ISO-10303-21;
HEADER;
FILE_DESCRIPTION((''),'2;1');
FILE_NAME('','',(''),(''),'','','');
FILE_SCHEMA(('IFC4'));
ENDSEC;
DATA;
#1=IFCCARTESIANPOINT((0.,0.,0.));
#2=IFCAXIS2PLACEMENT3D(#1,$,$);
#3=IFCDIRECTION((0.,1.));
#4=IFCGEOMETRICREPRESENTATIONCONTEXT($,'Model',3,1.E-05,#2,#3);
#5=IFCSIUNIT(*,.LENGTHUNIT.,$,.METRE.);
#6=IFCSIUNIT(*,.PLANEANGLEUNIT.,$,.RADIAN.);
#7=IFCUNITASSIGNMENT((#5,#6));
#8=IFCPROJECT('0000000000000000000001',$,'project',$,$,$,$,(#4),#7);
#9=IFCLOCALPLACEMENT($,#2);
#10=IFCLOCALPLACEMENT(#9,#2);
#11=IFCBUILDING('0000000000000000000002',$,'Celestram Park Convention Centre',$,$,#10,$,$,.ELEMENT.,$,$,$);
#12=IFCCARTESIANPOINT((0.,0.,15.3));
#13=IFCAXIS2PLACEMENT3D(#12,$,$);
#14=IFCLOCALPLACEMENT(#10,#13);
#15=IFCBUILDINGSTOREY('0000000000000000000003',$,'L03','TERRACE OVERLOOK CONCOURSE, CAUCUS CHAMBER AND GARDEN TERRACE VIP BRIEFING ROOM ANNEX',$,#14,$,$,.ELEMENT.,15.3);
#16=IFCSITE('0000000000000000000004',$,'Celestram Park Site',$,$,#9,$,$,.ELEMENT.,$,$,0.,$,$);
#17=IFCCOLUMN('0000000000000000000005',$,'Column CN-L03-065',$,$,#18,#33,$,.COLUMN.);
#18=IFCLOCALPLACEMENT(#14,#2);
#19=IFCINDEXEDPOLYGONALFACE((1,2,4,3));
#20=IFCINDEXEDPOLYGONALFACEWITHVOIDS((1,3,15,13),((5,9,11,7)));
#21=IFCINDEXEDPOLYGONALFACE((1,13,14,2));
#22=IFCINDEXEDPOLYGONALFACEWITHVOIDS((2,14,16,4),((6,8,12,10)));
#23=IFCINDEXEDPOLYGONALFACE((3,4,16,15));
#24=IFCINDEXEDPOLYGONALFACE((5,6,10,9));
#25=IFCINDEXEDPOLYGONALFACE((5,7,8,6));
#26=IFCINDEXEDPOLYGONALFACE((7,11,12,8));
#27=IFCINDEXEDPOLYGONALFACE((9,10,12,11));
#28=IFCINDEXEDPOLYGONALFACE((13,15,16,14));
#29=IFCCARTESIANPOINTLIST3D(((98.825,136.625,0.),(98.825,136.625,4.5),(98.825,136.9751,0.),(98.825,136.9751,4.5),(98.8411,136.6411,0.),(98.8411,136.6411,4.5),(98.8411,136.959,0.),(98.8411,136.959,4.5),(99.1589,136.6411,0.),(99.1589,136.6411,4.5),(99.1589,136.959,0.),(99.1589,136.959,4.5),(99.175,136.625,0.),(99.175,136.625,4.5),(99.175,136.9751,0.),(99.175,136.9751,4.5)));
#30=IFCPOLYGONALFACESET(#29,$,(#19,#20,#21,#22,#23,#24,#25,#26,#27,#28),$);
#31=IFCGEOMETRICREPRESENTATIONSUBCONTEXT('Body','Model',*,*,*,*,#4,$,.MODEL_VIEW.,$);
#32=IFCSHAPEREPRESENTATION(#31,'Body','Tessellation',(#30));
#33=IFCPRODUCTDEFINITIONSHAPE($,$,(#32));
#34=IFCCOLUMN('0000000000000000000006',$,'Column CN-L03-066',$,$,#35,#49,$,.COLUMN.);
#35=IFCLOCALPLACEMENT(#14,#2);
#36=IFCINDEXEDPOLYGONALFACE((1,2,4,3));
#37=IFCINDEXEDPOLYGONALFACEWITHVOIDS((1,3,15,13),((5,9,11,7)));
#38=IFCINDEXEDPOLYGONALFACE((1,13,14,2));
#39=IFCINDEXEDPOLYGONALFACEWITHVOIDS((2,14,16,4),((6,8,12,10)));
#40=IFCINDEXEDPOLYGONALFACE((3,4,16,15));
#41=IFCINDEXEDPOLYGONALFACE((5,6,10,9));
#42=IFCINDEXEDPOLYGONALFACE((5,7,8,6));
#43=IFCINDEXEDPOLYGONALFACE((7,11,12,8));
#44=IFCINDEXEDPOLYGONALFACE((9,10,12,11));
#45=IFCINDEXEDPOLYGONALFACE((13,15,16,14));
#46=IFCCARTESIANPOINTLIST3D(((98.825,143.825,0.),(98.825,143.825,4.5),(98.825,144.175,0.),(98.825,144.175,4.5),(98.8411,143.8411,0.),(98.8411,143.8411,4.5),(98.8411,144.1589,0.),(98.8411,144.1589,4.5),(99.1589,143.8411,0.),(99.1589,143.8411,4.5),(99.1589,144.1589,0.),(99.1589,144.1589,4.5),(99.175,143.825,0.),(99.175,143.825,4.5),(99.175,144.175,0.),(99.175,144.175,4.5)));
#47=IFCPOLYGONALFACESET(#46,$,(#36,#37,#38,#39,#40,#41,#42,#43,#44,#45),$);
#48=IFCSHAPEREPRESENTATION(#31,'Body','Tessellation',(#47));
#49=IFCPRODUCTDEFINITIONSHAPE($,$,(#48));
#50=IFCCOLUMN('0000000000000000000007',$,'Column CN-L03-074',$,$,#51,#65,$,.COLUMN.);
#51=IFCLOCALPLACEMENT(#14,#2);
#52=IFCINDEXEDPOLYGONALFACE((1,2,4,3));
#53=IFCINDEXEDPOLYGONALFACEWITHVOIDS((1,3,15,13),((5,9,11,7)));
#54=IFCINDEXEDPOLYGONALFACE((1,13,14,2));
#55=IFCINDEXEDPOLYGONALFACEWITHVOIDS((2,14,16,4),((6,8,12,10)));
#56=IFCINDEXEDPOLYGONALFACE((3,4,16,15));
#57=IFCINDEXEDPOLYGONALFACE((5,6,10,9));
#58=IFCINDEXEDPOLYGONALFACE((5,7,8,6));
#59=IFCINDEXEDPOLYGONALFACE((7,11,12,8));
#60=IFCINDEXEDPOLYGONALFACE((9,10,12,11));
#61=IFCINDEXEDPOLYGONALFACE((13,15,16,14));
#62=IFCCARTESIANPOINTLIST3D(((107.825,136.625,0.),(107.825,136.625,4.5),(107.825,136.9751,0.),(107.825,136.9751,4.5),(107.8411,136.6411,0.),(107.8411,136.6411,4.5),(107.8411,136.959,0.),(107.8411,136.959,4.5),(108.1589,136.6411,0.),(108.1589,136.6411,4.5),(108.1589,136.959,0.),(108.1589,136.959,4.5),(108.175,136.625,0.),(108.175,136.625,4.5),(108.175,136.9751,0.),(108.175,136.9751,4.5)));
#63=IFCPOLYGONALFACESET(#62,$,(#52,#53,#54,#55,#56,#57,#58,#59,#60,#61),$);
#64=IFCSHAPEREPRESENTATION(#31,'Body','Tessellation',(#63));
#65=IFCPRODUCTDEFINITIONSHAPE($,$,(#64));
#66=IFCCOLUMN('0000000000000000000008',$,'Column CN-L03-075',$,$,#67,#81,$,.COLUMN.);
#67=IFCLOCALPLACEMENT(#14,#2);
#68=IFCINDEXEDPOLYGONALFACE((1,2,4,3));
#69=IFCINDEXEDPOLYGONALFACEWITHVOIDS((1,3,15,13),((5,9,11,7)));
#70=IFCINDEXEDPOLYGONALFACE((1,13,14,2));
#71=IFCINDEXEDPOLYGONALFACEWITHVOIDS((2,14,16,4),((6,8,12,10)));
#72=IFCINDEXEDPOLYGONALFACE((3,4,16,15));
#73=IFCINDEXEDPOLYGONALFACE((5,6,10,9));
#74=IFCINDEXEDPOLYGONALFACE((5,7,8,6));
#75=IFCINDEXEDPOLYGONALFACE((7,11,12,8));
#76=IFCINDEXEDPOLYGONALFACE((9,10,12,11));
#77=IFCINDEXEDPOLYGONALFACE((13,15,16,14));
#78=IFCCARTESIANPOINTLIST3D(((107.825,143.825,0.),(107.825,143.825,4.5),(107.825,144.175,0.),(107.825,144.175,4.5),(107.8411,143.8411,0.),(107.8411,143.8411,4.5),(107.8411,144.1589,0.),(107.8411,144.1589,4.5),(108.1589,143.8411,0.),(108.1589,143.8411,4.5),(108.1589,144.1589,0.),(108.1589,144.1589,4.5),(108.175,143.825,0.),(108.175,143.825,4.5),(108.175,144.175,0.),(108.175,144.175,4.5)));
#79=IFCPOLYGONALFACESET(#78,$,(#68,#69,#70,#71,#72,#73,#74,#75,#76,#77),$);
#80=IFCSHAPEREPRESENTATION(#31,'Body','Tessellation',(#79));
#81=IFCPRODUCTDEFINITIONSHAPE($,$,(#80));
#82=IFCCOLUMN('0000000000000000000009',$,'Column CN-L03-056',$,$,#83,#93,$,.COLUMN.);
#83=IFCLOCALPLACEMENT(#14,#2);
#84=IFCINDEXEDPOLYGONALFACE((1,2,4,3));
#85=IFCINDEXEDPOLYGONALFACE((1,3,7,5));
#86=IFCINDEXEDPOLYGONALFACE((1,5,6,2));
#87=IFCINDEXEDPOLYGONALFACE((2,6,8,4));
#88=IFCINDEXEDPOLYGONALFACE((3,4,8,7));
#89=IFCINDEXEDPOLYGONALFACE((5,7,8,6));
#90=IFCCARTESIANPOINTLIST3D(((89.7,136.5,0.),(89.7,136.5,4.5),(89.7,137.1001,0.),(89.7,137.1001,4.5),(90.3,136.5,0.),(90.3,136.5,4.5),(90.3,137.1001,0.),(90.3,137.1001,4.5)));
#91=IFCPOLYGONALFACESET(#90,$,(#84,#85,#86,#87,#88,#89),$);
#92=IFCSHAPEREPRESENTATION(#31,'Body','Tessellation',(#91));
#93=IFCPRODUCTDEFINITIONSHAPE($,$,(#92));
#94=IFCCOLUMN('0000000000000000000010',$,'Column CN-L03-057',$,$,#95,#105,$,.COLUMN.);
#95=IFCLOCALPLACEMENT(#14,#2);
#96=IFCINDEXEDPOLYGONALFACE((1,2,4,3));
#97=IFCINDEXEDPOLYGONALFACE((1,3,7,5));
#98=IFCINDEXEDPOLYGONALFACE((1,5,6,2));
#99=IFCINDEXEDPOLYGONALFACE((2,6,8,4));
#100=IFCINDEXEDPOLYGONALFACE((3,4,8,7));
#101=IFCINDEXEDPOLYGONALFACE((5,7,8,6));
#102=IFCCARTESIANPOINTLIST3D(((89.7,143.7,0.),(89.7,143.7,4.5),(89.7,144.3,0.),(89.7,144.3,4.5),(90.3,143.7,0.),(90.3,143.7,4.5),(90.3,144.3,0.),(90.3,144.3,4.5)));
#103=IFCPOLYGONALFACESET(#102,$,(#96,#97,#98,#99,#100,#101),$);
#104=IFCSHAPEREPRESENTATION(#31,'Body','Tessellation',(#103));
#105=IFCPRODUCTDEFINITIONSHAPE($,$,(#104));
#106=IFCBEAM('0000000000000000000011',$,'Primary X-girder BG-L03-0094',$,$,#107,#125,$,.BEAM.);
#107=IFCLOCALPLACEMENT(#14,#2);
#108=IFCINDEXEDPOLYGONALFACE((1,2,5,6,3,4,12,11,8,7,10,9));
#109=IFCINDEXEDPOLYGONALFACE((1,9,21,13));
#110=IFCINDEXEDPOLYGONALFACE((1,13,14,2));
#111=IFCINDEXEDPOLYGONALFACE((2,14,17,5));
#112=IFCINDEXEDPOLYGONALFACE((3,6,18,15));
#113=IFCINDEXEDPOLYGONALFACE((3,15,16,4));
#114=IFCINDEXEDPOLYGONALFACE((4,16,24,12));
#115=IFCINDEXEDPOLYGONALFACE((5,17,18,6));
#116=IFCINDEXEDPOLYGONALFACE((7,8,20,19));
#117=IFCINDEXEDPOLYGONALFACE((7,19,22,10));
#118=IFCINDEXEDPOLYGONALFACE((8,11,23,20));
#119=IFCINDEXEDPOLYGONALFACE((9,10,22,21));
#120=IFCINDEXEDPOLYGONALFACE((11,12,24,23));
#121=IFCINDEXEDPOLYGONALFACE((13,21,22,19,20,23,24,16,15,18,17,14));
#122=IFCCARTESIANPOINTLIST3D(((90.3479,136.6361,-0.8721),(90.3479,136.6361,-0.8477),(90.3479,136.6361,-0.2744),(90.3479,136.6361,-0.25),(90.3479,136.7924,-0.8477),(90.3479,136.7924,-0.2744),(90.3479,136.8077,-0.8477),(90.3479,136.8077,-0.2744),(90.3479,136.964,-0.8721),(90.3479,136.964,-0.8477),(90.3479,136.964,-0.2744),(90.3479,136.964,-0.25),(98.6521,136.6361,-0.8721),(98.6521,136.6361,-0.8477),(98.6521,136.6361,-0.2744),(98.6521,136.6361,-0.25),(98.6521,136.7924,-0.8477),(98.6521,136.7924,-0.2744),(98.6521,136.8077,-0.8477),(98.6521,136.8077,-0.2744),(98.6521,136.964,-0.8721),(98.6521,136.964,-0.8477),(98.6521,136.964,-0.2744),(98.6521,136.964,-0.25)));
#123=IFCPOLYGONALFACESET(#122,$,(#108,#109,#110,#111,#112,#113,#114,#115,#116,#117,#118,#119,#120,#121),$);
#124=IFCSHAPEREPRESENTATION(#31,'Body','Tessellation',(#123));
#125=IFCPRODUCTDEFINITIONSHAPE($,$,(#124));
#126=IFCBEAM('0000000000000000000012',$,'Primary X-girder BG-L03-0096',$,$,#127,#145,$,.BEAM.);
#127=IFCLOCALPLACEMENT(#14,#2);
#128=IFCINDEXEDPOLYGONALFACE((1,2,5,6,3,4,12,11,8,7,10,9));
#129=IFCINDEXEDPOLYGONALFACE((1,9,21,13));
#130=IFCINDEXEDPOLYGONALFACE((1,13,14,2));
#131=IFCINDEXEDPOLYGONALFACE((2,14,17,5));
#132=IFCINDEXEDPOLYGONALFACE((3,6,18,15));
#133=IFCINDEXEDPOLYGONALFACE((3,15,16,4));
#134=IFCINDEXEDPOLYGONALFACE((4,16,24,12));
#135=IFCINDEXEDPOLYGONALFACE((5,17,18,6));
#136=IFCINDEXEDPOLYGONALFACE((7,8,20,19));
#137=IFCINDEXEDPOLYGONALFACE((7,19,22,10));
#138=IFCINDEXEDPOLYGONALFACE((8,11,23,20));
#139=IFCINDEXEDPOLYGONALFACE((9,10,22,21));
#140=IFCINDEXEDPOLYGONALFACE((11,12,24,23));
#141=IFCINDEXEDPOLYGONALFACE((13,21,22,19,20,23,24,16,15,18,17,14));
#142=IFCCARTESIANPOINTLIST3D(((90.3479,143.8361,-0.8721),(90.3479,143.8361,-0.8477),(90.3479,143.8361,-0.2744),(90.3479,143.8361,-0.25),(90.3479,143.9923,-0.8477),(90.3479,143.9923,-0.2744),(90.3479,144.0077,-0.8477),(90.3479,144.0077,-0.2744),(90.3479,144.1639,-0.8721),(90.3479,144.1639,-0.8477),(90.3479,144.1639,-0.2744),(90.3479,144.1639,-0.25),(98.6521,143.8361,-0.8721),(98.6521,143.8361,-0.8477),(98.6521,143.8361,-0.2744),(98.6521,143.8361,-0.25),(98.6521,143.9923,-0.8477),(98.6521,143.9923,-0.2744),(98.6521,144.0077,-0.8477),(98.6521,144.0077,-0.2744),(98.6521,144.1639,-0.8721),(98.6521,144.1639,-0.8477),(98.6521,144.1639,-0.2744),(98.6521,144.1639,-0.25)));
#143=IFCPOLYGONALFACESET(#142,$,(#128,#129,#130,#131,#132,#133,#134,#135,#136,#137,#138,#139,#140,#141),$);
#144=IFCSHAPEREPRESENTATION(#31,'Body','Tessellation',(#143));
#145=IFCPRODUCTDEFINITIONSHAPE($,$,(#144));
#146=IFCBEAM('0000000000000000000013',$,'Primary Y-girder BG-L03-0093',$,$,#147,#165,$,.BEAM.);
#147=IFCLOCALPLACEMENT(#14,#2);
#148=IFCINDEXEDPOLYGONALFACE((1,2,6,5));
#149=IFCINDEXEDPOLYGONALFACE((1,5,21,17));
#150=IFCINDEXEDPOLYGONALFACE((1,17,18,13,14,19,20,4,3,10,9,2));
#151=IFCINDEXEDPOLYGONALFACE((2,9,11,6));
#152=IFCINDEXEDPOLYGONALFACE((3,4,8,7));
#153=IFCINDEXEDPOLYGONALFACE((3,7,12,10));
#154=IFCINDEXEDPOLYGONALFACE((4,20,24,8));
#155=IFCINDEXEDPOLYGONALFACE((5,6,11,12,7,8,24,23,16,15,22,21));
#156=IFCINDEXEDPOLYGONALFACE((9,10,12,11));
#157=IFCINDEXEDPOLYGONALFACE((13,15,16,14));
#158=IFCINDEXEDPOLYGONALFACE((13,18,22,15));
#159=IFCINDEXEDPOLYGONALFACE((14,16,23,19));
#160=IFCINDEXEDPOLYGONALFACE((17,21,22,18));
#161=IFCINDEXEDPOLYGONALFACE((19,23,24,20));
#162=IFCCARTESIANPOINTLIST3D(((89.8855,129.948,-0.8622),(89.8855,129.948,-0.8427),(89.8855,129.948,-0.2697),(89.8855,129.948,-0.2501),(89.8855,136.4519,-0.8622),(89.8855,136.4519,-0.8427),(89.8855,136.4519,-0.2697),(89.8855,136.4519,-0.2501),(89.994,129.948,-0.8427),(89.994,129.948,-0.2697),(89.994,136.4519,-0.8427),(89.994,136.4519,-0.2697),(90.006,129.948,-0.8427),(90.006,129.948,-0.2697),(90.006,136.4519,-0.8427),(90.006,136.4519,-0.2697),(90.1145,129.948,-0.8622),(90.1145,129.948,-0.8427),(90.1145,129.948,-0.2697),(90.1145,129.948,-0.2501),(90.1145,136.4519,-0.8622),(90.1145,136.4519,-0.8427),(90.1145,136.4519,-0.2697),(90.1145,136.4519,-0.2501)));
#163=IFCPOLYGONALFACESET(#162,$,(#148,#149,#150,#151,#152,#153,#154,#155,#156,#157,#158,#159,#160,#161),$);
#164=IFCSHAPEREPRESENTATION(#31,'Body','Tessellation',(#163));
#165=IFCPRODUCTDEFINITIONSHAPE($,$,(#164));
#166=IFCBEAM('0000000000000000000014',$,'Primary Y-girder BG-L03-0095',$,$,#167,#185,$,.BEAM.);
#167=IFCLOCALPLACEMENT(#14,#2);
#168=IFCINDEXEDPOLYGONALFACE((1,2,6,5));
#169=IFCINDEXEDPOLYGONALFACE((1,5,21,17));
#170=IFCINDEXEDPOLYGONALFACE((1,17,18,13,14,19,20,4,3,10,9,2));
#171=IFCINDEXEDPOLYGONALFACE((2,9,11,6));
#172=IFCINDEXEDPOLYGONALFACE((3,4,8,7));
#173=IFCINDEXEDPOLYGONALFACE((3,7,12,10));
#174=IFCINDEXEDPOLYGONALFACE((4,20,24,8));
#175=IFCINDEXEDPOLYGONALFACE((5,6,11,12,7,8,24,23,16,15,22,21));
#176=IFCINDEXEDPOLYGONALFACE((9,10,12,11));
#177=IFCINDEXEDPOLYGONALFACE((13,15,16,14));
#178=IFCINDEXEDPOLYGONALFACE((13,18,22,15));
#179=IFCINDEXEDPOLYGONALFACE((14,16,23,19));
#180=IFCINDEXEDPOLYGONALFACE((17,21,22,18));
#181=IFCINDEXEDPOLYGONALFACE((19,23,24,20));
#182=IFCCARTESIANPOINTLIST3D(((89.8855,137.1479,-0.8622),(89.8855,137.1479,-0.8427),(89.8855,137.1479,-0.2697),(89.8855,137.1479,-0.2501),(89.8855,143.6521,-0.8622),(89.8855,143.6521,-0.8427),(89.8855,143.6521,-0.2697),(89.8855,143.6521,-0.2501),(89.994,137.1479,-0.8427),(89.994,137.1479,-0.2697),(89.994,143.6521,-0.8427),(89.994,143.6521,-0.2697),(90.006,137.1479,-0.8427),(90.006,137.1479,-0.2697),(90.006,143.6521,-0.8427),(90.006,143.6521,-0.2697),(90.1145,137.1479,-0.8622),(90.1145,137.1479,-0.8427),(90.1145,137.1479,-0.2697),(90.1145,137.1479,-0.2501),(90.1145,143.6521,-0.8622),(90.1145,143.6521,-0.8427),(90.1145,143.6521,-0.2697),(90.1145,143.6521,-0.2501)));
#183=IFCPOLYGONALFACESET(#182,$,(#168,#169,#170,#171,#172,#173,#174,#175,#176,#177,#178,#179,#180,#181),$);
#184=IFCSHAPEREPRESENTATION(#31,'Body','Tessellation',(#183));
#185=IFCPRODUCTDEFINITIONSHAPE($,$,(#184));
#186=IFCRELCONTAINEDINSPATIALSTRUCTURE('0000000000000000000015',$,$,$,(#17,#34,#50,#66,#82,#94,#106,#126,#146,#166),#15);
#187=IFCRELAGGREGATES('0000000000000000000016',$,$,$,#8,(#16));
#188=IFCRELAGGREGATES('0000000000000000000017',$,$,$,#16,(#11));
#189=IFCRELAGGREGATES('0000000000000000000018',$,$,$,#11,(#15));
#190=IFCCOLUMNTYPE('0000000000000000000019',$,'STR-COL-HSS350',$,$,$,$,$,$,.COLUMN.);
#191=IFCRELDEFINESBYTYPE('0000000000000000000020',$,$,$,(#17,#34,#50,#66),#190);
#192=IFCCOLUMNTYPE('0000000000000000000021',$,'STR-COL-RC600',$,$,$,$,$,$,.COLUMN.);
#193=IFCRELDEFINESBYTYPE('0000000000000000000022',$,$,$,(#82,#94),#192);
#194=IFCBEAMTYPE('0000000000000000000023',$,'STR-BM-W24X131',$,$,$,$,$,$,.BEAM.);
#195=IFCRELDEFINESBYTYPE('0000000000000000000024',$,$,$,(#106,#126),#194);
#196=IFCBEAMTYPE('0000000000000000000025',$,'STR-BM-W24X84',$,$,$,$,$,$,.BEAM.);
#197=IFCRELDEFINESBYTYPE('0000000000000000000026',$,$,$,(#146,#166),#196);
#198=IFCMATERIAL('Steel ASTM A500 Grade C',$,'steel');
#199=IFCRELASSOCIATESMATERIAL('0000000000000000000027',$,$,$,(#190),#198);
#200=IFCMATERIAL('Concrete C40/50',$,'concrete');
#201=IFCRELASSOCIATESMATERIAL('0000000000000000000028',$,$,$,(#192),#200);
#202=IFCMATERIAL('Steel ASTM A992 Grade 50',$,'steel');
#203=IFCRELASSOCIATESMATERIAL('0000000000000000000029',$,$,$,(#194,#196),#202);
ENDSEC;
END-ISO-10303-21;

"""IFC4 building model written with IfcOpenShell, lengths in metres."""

from ifc_helpers import new_model, si_unit, direction, frame, origin, origin_2d, place, context, subcontext, project, spatial, rectangle, hollow_rectangle, i_section, extrude, material, material_profile, profile_set, type_object, element, save


model = new_model("IFC4")

# Units and contexts
model_context = context("Model", 3, precision=1e-05, world=origin(), true_north=direction((0.0, 1.0)))
body_context = subcontext(model_context, "Body", "Model", "MODEL_VIEW")
ifc_project = project(units=[si_unit("LENGTHUNIT", "METRE"), si_unit("PLANEANGLEUNIT", "RADIAN")], contexts=[model_context])

# Site, building, storey
site_placement = place(None, origin())
site = spatial("IfcSite", under=ifc_project, at=site_placement, Name="Celestram Park Site", CompositionType="ELEMENT", RefElevation=0.0)
building_placement = place(site_placement, origin())
building = spatial("IfcBuilding", under=site, at=building_placement, Name="Celestram Park Convention Centre", CompositionType="ELEMENT")
storey_placement = place(building_placement, frame((0.0, 0.0, 15.3)))
storey = spatial("IfcBuildingStorey", under=building, at=storey_placement, Name="L03", Description="TERRACE OVERLOOK CONCOURSE, CAUCUS CHAMBER AND GARDEN TERRACE VIP BRIEFING ROOM ANNEX", CompositionType="ELEMENT", Elevation=15.3)

# Columns
ifc_material_1 = material(Name="Steel ASTM A500 Grade C", Category="steel")
ifc_material_profile_1 = material_profile(ifc_material_1, hollow_rectangle(XDim=0.3501, YDim=0.3501, WallThickness=0.0161, at=origin_2d()), Name="HSS350X350X16")
ifc_profile_set_1 = profile_set([ifc_material_profile_1], Name="Steel ASTM A500 Grade C")
column_type_1 = type_object("IfcColumnType", Name="STR-COL-HSS350", PredefinedType="COLUMN", material=ifc_profile_set_1)
for number, where, z_axis, x_axis, name in (
    (1, (99.0, 136.8, 0.0), (0.0, 0.0, 1.0), (1.0, 0.0, 0.0), "Column CN-L03-065"),
    (2, (99.0, 144.0, 0.0), (0.0, 0.0, 1.0), (1.0, 0.0, 0.0), "Column CN-L03-066"),
    (3, (108.0, 136.8, 0.0), (0.0, 0.0, 1.0), (1.0, 0.0, 0.0), "Column CN-L03-074"),
    (4, (108.0, 144.0, 0.0), (0.0, 0.0, 1.0), (1.0, 0.0, 0.0), "Column CN-L03-075"),
):
    element("IfcColumn", number, at=place(storey_placement, frame(where, z_axis=z_axis, x_axis=x_axis)), inside=storey, type_object=column_type_1, Name=name, PredefinedType="COLUMN", context=body_context, shape_type="SweptSolid", body=[
        extrude(hollow_rectangle(XDim=0.3501, YDim=0.3501, WallThickness=0.0161, at=origin_2d()), origin(), (0.0, 0.0, 1.0), 4.5),
    ])
ifc_material_2 = material(Name="Concrete C40/50", Category="concrete")
ifc_material_profile_2 = material_profile(ifc_material_2, rectangle(XDim=0.6001, YDim=0.6001, at=origin_2d()), Name="RC600X600")
ifc_profile_set_2 = profile_set([ifc_material_profile_2], Name="Concrete C40/50")
column_type_2 = type_object("IfcColumnType", Name="STR-COL-RC600", PredefinedType="COLUMN", material=ifc_profile_set_2)
for number, where, z_axis, x_axis, name in (
    (5, (90.0, 136.8, 0.0), (0.0, 0.0, 1.0), (1.0, 0.0, 0.0), "Column CN-L03-056"),
    (6, (90.0, 144.0, 0.0), (0.0, 0.0, 1.0), (1.0, 0.0, 0.0), "Column CN-L03-057"),
):
    element("IfcColumn", number, at=place(storey_placement, frame(where, z_axis=z_axis, x_axis=x_axis)), inside=storey, type_object=column_type_2, Name=name, PredefinedType="COLUMN", context=body_context, shape_type="SweptSolid", body=[
        extrude(rectangle(XDim=0.6001, YDim=0.6001, at=origin_2d()), origin(), (0.0, 0.0, 1.0), 4.5),
    ])

# Beams
ifc_material_3 = material(Name="Steel ASTM A992 Grade 50", Category="steel")
ifc_material_profile_3 = material_profile(ifc_material_3, i_section(OverallWidth=0.3279, OverallDepth=0.6221, WebThickness=0.0154, FlangeThickness=0.0244, at=origin_2d()), Name="W24X131")
ifc_profile_set_3 = profile_set([ifc_material_profile_3], Name="Steel ASTM A992 Grade 50")
beam_type_1 = type_object("IfcBeamType", Name="STR-BM-W24X131", PredefinedType="BEAM", material=ifc_profile_set_3)
for number, where, z_axis, x_axis, name in (
    (7, (90.3479, 136.8, -0.561), (1.0, 0.0, 0.0), (0.0, 1.0, 0.0), "Primary X-girder BG-L03-0094"),
    (8, (90.3479, 144.0, -0.561), (1.0, 0.0, 0.0), (0.0, 1.0, 0.0), "Primary X-girder BG-L03-0096"),
):
    element("IfcBeam", number, at=place(storey_placement, frame(where, z_axis=z_axis, x_axis=x_axis)), inside=storey, type_object=beam_type_1, Name=name, PredefinedType="BEAM", context=body_context, shape_type="SweptSolid", body=[
        extrude(i_section(OverallWidth=0.3279, OverallDepth=0.6221, WebThickness=0.0154, FlangeThickness=0.0244, at=origin_2d()), origin(), (0.0, 0.0, 1.0), 8.3042),
    ])
ifc_material_profile_4 = material_profile(ifc_material_3, i_section(OverallWidth=0.229, OverallDepth=0.6121, WebThickness=0.012, FlangeThickness=0.0195, at=origin_2d()), Name="W24X84")
ifc_profile_set_4 = profile_set([ifc_material_profile_4], Name="Steel ASTM A992 Grade 50")
beam_type_2 = type_object("IfcBeamType", Name="STR-BM-W24X84", PredefinedType="BEAM", material=ifc_profile_set_4)
beam_1_placement = place(storey_placement, frame((90.0, 129.948, -0.5562), z_axis=(0.0, 1.0, 0.0), x_axis=(-1.0, 0.0, 0.0)))
element("IfcBeam", 9, at=beam_1_placement, inside=storey, type_object=beam_type_2, Name="Primary Y-girder BG-L03-0093", PredefinedType="BEAM", context=body_context, shape_type="SweptSolid", body=[
    extrude(i_section(OverallWidth=0.229, OverallDepth=0.6121, WebThickness=0.012, FlangeThickness=0.0195, at=origin_2d()), origin(), (0.0, 0.0, 1.0), 6.5039),
])
beam_2_placement = place(storey_placement, frame((90.0, 137.1479, -0.5562), z_axis=(0.0, 1.0, 0.0), x_axis=(-1.0, 0.0, 0.0)))
element("IfcBeam", 10, at=beam_2_placement, inside=storey, type_object=beam_type_2, Name="Primary Y-girder BG-L03-0095", PredefinedType="BEAM", context=body_context, shape_type="SweptSolid", body=[
    extrude(i_section(OverallWidth=0.229, OverallDepth=0.6121, WebThickness=0.012, FlangeThickness=0.0195, at=origin_2d()), origin(), (0.0, 0.0, 1.0), 6.5042),
])

save(model, "model.ifc")
